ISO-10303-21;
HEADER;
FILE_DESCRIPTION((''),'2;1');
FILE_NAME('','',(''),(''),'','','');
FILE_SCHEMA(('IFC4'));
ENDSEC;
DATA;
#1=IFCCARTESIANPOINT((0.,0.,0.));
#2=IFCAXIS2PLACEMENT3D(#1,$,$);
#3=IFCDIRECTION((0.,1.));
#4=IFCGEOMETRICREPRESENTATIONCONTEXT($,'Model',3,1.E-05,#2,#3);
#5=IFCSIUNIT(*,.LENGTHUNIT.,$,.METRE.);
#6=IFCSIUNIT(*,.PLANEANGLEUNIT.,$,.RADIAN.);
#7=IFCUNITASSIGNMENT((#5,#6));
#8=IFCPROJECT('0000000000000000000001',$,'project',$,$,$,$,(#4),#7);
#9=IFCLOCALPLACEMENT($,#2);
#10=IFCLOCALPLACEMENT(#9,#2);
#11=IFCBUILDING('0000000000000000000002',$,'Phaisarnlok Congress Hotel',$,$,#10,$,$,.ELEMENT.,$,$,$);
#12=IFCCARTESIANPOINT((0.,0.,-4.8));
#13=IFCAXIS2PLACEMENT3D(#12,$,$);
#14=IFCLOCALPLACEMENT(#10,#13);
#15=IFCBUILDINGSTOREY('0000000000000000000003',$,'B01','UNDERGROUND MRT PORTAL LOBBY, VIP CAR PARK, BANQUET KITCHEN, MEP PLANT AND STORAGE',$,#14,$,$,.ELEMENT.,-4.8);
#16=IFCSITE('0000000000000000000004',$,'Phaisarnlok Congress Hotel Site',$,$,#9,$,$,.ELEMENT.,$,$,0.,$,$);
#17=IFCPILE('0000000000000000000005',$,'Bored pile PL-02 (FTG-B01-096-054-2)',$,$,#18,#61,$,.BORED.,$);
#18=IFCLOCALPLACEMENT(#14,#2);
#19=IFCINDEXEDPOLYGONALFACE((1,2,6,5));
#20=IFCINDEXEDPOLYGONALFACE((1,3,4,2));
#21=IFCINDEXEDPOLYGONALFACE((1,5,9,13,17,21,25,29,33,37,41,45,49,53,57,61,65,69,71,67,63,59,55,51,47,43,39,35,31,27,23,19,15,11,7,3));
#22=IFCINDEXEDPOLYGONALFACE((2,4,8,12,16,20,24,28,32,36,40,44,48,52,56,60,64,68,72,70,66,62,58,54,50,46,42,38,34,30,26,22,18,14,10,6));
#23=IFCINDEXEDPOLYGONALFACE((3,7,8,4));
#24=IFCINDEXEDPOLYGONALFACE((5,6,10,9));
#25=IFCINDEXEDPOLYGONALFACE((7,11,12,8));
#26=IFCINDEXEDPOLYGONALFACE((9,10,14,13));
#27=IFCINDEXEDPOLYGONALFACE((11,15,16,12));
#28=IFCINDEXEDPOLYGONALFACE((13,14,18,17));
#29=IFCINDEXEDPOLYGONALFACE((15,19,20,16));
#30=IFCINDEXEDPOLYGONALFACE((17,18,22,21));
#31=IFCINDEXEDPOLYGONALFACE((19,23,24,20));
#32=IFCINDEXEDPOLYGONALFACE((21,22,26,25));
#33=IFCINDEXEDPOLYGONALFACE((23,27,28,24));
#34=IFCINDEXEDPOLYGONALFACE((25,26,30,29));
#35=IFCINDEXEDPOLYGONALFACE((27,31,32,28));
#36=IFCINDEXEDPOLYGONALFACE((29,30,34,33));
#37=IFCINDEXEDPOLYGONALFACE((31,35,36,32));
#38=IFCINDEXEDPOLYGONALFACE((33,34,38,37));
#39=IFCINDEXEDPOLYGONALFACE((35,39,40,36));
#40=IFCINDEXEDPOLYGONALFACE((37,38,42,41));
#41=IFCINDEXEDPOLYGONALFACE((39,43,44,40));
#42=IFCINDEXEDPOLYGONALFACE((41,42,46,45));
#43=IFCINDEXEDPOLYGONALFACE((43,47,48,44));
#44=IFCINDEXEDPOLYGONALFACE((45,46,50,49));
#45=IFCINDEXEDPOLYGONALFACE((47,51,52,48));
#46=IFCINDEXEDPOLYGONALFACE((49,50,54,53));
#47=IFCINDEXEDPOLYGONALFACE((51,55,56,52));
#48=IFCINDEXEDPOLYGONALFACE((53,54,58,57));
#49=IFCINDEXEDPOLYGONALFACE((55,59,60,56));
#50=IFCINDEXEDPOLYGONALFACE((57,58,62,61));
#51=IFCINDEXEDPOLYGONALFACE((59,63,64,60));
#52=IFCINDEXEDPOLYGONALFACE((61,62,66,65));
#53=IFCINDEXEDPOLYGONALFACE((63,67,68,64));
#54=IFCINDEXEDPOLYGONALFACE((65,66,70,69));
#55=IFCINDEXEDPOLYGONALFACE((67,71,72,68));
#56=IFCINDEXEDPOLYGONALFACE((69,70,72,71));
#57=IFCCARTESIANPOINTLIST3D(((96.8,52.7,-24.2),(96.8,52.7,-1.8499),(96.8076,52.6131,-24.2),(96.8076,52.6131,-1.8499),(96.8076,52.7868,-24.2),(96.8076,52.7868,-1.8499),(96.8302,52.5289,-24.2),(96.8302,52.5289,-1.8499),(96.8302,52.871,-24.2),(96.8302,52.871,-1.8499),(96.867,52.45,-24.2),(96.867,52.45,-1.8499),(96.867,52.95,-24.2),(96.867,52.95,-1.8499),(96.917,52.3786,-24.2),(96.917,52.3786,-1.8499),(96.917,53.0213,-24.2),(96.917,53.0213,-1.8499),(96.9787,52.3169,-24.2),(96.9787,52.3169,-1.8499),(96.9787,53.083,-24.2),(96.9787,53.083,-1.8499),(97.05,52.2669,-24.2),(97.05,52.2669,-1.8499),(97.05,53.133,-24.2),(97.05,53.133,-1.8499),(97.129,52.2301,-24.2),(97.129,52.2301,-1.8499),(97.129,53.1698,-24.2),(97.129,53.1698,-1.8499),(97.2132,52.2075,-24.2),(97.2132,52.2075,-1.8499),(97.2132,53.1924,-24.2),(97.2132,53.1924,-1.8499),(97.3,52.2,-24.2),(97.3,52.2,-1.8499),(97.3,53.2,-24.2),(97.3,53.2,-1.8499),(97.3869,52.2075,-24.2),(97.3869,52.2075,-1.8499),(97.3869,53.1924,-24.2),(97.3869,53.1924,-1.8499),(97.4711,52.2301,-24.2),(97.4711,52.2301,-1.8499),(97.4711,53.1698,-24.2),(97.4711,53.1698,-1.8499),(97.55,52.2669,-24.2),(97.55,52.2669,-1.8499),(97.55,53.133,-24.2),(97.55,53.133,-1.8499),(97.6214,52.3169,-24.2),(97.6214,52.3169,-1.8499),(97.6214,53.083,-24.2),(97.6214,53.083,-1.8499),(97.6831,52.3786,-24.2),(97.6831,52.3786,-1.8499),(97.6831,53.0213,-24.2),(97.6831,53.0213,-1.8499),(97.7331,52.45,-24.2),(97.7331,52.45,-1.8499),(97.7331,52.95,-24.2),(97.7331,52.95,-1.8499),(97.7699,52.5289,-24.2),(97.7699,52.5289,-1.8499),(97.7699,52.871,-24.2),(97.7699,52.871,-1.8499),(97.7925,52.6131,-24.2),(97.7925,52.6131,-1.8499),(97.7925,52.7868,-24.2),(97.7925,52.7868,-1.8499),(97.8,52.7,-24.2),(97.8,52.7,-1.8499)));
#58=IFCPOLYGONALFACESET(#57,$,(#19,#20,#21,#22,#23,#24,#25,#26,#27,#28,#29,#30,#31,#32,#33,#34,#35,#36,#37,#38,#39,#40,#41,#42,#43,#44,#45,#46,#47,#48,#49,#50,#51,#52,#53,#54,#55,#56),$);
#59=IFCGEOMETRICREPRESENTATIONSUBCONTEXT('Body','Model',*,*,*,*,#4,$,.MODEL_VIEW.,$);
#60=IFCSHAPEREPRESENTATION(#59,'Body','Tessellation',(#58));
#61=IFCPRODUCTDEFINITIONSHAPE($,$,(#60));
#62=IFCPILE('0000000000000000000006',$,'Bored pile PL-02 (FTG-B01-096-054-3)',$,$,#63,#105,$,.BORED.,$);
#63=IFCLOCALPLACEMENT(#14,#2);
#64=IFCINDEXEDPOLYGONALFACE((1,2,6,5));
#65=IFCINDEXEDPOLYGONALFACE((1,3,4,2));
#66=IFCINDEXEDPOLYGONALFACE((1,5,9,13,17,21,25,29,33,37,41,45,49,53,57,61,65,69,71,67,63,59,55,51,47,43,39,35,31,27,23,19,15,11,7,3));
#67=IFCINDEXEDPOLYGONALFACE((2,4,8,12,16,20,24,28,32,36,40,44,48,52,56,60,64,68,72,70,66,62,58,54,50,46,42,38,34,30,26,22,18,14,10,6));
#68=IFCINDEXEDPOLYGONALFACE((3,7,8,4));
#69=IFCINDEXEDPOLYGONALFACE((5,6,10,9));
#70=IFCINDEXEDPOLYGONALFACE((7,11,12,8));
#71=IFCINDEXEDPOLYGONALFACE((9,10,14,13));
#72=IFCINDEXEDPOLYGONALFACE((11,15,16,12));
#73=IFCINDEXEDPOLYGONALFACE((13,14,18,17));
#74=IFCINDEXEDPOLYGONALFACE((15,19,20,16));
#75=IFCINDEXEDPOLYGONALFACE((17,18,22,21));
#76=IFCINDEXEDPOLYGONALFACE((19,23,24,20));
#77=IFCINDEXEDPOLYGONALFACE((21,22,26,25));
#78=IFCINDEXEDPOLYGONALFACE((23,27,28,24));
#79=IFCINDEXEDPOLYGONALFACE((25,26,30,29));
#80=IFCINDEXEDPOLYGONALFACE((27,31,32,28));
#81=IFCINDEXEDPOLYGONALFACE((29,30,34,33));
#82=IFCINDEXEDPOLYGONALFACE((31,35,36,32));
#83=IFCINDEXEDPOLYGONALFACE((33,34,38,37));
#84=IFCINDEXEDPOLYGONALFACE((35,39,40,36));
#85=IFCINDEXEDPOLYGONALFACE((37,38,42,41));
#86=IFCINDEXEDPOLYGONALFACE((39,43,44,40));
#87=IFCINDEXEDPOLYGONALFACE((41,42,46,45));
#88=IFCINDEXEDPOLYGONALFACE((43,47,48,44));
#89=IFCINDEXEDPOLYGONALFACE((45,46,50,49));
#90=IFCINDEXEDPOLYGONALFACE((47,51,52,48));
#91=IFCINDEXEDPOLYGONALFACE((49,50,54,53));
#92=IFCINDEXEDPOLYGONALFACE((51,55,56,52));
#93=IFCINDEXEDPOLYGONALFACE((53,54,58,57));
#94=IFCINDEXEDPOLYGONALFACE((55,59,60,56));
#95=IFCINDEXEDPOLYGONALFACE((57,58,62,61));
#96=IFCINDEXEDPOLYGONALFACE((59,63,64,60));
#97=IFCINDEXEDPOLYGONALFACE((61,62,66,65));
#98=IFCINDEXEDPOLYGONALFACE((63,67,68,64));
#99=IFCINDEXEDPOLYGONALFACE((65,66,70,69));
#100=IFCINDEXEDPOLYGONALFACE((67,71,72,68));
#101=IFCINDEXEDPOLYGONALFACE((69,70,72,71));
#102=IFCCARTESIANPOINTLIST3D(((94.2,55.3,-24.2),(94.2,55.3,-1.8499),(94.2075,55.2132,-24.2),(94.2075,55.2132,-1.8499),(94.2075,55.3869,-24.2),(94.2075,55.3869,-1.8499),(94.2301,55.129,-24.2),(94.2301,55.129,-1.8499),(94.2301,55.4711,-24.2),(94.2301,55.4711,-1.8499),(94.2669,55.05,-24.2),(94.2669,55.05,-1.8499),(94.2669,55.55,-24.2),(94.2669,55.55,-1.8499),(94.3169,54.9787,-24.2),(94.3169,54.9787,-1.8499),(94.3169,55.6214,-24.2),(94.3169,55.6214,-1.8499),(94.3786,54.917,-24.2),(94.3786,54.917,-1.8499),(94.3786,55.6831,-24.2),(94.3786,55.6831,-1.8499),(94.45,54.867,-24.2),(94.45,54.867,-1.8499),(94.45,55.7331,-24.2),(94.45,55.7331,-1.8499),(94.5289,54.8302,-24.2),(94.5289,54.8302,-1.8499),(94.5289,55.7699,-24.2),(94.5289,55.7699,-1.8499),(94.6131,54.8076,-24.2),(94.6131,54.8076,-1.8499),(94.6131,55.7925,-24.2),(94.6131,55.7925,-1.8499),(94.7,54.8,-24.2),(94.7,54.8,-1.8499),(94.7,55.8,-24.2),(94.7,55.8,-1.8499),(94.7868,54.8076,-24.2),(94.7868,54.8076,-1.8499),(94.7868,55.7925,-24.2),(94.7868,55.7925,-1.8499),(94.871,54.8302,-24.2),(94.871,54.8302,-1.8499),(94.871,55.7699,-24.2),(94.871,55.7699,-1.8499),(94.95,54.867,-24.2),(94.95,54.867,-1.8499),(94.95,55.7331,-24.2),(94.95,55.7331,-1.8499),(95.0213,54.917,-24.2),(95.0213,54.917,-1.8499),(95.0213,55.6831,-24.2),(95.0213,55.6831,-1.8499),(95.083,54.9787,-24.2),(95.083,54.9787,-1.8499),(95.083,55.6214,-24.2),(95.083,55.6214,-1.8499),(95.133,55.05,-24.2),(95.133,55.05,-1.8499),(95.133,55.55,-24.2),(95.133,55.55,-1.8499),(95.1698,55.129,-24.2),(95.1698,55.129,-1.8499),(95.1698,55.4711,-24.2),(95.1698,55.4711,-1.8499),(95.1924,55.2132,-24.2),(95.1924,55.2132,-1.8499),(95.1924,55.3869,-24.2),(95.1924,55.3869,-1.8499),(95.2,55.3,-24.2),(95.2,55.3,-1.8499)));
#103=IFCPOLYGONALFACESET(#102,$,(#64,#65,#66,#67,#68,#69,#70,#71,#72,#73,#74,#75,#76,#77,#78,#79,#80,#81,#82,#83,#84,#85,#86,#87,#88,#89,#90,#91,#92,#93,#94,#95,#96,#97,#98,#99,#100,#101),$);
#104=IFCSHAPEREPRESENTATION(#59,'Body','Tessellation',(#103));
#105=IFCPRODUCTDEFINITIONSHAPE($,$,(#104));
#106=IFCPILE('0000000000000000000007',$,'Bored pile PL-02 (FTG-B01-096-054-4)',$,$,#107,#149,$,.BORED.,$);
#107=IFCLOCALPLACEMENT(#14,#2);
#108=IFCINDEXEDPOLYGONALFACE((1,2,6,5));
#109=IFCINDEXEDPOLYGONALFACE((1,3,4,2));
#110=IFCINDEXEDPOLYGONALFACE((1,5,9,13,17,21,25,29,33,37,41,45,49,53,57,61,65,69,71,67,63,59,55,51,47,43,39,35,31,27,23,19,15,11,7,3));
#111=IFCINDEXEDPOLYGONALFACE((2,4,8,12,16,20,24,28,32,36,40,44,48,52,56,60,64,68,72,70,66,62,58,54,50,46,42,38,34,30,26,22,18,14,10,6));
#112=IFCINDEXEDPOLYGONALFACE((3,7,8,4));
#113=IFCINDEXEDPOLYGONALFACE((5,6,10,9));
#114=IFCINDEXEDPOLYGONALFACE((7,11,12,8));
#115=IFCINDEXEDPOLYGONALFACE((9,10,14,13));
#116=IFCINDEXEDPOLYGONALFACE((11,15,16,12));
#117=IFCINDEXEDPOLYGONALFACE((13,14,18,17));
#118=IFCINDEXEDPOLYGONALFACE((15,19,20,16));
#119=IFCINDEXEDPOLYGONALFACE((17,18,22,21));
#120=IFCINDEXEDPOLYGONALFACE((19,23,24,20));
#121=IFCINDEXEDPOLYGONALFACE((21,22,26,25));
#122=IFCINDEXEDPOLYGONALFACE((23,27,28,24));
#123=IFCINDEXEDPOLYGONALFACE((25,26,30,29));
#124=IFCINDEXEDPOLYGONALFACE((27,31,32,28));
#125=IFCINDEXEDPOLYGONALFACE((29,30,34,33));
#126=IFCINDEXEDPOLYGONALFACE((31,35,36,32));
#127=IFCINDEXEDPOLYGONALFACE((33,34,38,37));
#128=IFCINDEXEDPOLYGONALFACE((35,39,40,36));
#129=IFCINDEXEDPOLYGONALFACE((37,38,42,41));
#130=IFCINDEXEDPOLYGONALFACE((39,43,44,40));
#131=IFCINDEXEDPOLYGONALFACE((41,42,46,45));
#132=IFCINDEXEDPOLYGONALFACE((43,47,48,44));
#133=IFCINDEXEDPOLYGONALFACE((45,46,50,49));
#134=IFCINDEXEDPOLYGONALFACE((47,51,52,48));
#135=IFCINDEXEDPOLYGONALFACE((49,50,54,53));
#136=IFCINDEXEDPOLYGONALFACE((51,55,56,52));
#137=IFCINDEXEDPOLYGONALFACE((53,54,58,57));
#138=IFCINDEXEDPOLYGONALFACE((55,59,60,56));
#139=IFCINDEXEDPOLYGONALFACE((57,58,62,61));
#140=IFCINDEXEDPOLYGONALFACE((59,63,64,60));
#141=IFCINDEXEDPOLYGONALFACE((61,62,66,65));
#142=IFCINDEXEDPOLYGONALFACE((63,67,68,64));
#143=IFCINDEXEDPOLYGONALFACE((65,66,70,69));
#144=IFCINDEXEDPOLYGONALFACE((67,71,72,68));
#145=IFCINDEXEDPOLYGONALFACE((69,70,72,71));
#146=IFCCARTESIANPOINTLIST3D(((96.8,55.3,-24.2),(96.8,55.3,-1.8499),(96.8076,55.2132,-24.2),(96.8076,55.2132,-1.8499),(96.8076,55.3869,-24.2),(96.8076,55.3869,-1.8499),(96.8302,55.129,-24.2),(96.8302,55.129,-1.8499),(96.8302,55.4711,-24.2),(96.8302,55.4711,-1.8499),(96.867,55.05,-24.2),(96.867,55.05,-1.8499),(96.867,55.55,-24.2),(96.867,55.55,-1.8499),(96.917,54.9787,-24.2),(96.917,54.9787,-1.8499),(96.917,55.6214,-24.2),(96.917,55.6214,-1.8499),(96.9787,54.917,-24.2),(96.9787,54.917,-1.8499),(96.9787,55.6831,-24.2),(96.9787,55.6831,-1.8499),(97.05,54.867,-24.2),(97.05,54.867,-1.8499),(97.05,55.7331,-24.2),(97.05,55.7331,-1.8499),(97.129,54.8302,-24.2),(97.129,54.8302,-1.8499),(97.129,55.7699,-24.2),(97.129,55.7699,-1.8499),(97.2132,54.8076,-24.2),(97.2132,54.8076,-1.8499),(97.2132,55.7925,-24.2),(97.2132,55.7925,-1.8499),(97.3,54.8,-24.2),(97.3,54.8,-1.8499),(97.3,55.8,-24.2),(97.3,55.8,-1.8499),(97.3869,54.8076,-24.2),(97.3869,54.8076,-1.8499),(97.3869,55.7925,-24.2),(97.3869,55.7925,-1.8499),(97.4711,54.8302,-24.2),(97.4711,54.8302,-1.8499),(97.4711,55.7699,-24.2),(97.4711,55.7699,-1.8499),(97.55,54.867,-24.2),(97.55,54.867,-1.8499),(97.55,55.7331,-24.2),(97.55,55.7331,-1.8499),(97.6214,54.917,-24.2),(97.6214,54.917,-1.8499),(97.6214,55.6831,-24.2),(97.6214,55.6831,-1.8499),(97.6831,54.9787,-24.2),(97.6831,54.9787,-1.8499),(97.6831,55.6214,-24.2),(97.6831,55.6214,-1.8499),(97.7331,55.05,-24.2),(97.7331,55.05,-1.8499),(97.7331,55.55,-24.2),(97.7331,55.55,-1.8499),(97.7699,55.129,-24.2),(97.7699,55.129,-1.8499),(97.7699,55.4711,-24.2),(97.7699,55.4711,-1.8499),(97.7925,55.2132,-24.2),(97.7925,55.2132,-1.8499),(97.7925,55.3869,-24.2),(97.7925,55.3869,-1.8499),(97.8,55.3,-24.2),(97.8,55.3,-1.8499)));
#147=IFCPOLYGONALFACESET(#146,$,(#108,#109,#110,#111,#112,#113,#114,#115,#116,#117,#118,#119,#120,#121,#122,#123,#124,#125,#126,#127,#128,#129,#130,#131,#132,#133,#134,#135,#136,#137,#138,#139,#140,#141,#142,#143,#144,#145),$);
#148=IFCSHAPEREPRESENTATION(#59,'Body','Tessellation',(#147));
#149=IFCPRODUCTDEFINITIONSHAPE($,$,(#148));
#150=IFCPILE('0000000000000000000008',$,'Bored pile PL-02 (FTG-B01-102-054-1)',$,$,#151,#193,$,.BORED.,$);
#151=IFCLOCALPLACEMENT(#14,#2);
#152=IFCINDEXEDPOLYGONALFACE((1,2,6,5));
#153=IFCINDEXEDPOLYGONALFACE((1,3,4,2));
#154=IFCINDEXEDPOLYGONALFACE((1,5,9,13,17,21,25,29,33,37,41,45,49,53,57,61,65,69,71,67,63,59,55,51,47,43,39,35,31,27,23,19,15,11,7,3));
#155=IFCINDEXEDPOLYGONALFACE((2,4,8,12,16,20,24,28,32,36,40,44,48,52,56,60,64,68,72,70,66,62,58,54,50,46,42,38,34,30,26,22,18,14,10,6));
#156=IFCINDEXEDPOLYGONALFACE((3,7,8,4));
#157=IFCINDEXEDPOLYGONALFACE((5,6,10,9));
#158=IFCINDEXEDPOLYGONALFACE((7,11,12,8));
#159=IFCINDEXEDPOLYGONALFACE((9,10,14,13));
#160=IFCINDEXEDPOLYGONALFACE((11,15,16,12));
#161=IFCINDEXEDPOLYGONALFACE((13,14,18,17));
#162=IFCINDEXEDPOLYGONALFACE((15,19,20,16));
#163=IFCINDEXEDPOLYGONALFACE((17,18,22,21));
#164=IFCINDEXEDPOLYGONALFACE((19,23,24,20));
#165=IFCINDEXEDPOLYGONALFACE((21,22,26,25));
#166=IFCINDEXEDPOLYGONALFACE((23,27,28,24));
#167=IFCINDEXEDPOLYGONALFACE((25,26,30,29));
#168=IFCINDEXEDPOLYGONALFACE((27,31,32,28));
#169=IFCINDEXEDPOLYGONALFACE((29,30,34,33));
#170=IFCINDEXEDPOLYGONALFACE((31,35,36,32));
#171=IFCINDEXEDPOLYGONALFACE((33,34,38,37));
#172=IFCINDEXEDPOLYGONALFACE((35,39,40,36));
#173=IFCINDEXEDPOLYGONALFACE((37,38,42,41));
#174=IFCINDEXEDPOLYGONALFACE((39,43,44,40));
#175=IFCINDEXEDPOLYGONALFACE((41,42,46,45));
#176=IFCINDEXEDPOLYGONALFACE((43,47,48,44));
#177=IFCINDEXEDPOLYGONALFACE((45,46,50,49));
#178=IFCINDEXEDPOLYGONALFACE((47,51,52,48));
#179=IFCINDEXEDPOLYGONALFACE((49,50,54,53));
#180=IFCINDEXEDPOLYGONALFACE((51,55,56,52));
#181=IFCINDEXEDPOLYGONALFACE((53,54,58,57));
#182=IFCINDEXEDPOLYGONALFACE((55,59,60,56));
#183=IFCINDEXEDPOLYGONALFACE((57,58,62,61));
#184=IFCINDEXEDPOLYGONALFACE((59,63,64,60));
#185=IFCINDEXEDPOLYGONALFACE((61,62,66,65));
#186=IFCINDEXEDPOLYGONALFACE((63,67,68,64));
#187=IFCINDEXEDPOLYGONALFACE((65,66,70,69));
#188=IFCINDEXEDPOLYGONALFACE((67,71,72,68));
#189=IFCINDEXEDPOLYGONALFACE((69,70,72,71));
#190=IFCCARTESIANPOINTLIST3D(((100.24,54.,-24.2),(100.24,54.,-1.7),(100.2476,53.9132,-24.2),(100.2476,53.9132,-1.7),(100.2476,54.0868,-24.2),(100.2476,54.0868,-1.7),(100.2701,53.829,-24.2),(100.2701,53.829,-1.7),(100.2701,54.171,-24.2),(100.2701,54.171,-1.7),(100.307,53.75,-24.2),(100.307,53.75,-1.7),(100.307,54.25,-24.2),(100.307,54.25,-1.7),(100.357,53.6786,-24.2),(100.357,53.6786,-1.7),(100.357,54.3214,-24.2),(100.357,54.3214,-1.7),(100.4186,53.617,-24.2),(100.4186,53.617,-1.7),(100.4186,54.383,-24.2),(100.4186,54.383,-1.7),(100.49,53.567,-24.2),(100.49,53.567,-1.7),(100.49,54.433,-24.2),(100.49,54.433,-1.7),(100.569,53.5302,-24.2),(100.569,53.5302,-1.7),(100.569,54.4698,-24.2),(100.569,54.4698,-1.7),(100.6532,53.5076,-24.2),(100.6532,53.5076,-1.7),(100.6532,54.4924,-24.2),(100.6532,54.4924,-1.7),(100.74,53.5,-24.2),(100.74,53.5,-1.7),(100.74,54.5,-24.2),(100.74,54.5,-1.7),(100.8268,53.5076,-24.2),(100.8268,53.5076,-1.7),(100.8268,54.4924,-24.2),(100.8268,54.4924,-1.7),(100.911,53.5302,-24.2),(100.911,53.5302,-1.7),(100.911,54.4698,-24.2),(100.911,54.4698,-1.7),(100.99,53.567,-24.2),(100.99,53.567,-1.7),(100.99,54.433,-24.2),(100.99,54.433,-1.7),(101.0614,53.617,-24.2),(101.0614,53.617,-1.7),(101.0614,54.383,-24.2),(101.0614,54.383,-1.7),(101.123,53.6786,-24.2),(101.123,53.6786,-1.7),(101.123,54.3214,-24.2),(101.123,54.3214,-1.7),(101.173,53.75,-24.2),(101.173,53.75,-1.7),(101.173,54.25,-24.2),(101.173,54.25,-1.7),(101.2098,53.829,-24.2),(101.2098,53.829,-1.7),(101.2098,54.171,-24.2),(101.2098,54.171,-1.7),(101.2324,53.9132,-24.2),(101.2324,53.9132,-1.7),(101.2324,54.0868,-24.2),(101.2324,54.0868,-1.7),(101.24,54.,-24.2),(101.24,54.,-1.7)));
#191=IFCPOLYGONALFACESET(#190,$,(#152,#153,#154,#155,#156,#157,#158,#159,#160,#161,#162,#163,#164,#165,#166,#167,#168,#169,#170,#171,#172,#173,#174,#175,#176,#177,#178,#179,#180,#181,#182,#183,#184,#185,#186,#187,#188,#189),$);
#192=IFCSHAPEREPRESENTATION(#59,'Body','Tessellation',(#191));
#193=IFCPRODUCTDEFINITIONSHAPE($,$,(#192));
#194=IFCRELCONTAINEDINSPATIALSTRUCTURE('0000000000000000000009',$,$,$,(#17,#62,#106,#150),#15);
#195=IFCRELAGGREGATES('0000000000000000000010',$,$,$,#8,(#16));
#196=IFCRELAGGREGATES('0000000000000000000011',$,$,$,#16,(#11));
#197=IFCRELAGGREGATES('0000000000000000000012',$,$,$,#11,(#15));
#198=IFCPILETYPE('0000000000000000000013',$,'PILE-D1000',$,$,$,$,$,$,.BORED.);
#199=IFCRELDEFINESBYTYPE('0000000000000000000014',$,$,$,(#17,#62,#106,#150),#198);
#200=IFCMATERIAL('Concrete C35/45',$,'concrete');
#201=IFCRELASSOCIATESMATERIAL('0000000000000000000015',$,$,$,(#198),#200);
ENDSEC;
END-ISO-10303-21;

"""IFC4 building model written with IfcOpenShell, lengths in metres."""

from ifc_helpers import new_model, si_unit, direction, frame, origin, origin_2d, place, context, subcontext, project, spatial, circle, extrude, material, material_profile, profile_set, type_object, element, save


model = new_model("IFC4")

# Units and contexts
model_context = context("Model", 3, precision=1e-05, world=origin(), true_north=direction((0.0, 1.0)))
body_context = subcontext(model_context, "Body", "Model", "MODEL_VIEW")
ifc_project = project(units=[si_unit("LENGTHUNIT", "METRE"), si_unit("PLANEANGLEUNIT", "RADIAN")], contexts=[model_context])

# Site, building, storey
site_placement = place(None, origin())
site = spatial("IfcSite", under=ifc_project, at=site_placement, Name="Phaisarnlok Congress Hotel Site", CompositionType="ELEMENT", RefElevation=0.0)
building_placement = place(site_placement, origin())
building = spatial("IfcBuilding", under=site, at=building_placement, Name="Phaisarnlok Congress Hotel", CompositionType="ELEMENT")
storey_placement = place(building_placement, frame((0.0, 0.0, -4.8)))
storey = spatial("IfcBuildingStorey", under=building, at=storey_placement, Name="B01", Description="UNDERGROUND MRT PORTAL LOBBY, VIP CAR PARK, BANQUET KITCHEN, MEP PLANT AND STORAGE", CompositionType="ELEMENT", Elevation=-4.8)

# Piles
ifc_material_1 = material(Name="Concrete C35/45", Category="concrete")
ifc_material_profile_1 = material_profile(ifc_material_1, circle(Radius=0.5, at=origin_2d()), Name="BORED PILE D1000")
ifc_profile_set_1 = profile_set([ifc_material_profile_1], Name="Concrete C35/45")
pile_type_1 = type_object("IfcPileType", Name="PILE-D1000", PredefinedType="BORED", material=ifc_profile_set_1)
for number, where, z_axis, x_axis, name in (
    (1, (97.3, 52.7, -1.8499), (0.0, 0.0, -1.0), (1.0, 0.0, 0.0), "Bored pile PL-02 (FTG-B01-096-054-2)"),
    (2, (94.7, 55.3, -1.8499), (0.0, 0.0, -1.0), (1.0, 0.0, 0.0), "Bored pile PL-02 (FTG-B01-096-054-3)"),
    (3, (97.3, 55.3, -1.8499), (0.0, 0.0, -1.0), (1.0, 0.0, 0.0), "Bored pile PL-02 (FTG-B01-096-054-4)"),
):
    element("IfcPile", number, at=place(storey_placement, frame(where, z_axis=z_axis, x_axis=x_axis)), inside=storey, type_object=pile_type_1, Name=name, PredefinedType="BORED", context=body_context, shape_type="SweptSolid", body=[
        extrude(circle(Radius=0.5, at=origin_2d()), origin(), (0.0, 0.0, 1.0), 22.3501),
    ])
for number, where, z_axis, x_axis, name in (
    (4, (100.74, 54.0, -1.7), (0.0, 0.0, -1.0), (1.0, 0.0, 0.0), "Bored pile PL-02 (FTG-B01-102-054-1)"),
):
    element("IfcPile", number, at=place(storey_placement, frame(where, z_axis=z_axis, x_axis=x_axis)), inside=storey, type_object=pile_type_1, Name=name, PredefinedType="BORED", context=body_context, shape_type="SweptSolid", body=[
        extrude(circle(Radius=0.5, at=origin_2d()), origin(), (0.0, 0.0, 1.0), 22.5),
    ])

save(model, "model.ifc")
